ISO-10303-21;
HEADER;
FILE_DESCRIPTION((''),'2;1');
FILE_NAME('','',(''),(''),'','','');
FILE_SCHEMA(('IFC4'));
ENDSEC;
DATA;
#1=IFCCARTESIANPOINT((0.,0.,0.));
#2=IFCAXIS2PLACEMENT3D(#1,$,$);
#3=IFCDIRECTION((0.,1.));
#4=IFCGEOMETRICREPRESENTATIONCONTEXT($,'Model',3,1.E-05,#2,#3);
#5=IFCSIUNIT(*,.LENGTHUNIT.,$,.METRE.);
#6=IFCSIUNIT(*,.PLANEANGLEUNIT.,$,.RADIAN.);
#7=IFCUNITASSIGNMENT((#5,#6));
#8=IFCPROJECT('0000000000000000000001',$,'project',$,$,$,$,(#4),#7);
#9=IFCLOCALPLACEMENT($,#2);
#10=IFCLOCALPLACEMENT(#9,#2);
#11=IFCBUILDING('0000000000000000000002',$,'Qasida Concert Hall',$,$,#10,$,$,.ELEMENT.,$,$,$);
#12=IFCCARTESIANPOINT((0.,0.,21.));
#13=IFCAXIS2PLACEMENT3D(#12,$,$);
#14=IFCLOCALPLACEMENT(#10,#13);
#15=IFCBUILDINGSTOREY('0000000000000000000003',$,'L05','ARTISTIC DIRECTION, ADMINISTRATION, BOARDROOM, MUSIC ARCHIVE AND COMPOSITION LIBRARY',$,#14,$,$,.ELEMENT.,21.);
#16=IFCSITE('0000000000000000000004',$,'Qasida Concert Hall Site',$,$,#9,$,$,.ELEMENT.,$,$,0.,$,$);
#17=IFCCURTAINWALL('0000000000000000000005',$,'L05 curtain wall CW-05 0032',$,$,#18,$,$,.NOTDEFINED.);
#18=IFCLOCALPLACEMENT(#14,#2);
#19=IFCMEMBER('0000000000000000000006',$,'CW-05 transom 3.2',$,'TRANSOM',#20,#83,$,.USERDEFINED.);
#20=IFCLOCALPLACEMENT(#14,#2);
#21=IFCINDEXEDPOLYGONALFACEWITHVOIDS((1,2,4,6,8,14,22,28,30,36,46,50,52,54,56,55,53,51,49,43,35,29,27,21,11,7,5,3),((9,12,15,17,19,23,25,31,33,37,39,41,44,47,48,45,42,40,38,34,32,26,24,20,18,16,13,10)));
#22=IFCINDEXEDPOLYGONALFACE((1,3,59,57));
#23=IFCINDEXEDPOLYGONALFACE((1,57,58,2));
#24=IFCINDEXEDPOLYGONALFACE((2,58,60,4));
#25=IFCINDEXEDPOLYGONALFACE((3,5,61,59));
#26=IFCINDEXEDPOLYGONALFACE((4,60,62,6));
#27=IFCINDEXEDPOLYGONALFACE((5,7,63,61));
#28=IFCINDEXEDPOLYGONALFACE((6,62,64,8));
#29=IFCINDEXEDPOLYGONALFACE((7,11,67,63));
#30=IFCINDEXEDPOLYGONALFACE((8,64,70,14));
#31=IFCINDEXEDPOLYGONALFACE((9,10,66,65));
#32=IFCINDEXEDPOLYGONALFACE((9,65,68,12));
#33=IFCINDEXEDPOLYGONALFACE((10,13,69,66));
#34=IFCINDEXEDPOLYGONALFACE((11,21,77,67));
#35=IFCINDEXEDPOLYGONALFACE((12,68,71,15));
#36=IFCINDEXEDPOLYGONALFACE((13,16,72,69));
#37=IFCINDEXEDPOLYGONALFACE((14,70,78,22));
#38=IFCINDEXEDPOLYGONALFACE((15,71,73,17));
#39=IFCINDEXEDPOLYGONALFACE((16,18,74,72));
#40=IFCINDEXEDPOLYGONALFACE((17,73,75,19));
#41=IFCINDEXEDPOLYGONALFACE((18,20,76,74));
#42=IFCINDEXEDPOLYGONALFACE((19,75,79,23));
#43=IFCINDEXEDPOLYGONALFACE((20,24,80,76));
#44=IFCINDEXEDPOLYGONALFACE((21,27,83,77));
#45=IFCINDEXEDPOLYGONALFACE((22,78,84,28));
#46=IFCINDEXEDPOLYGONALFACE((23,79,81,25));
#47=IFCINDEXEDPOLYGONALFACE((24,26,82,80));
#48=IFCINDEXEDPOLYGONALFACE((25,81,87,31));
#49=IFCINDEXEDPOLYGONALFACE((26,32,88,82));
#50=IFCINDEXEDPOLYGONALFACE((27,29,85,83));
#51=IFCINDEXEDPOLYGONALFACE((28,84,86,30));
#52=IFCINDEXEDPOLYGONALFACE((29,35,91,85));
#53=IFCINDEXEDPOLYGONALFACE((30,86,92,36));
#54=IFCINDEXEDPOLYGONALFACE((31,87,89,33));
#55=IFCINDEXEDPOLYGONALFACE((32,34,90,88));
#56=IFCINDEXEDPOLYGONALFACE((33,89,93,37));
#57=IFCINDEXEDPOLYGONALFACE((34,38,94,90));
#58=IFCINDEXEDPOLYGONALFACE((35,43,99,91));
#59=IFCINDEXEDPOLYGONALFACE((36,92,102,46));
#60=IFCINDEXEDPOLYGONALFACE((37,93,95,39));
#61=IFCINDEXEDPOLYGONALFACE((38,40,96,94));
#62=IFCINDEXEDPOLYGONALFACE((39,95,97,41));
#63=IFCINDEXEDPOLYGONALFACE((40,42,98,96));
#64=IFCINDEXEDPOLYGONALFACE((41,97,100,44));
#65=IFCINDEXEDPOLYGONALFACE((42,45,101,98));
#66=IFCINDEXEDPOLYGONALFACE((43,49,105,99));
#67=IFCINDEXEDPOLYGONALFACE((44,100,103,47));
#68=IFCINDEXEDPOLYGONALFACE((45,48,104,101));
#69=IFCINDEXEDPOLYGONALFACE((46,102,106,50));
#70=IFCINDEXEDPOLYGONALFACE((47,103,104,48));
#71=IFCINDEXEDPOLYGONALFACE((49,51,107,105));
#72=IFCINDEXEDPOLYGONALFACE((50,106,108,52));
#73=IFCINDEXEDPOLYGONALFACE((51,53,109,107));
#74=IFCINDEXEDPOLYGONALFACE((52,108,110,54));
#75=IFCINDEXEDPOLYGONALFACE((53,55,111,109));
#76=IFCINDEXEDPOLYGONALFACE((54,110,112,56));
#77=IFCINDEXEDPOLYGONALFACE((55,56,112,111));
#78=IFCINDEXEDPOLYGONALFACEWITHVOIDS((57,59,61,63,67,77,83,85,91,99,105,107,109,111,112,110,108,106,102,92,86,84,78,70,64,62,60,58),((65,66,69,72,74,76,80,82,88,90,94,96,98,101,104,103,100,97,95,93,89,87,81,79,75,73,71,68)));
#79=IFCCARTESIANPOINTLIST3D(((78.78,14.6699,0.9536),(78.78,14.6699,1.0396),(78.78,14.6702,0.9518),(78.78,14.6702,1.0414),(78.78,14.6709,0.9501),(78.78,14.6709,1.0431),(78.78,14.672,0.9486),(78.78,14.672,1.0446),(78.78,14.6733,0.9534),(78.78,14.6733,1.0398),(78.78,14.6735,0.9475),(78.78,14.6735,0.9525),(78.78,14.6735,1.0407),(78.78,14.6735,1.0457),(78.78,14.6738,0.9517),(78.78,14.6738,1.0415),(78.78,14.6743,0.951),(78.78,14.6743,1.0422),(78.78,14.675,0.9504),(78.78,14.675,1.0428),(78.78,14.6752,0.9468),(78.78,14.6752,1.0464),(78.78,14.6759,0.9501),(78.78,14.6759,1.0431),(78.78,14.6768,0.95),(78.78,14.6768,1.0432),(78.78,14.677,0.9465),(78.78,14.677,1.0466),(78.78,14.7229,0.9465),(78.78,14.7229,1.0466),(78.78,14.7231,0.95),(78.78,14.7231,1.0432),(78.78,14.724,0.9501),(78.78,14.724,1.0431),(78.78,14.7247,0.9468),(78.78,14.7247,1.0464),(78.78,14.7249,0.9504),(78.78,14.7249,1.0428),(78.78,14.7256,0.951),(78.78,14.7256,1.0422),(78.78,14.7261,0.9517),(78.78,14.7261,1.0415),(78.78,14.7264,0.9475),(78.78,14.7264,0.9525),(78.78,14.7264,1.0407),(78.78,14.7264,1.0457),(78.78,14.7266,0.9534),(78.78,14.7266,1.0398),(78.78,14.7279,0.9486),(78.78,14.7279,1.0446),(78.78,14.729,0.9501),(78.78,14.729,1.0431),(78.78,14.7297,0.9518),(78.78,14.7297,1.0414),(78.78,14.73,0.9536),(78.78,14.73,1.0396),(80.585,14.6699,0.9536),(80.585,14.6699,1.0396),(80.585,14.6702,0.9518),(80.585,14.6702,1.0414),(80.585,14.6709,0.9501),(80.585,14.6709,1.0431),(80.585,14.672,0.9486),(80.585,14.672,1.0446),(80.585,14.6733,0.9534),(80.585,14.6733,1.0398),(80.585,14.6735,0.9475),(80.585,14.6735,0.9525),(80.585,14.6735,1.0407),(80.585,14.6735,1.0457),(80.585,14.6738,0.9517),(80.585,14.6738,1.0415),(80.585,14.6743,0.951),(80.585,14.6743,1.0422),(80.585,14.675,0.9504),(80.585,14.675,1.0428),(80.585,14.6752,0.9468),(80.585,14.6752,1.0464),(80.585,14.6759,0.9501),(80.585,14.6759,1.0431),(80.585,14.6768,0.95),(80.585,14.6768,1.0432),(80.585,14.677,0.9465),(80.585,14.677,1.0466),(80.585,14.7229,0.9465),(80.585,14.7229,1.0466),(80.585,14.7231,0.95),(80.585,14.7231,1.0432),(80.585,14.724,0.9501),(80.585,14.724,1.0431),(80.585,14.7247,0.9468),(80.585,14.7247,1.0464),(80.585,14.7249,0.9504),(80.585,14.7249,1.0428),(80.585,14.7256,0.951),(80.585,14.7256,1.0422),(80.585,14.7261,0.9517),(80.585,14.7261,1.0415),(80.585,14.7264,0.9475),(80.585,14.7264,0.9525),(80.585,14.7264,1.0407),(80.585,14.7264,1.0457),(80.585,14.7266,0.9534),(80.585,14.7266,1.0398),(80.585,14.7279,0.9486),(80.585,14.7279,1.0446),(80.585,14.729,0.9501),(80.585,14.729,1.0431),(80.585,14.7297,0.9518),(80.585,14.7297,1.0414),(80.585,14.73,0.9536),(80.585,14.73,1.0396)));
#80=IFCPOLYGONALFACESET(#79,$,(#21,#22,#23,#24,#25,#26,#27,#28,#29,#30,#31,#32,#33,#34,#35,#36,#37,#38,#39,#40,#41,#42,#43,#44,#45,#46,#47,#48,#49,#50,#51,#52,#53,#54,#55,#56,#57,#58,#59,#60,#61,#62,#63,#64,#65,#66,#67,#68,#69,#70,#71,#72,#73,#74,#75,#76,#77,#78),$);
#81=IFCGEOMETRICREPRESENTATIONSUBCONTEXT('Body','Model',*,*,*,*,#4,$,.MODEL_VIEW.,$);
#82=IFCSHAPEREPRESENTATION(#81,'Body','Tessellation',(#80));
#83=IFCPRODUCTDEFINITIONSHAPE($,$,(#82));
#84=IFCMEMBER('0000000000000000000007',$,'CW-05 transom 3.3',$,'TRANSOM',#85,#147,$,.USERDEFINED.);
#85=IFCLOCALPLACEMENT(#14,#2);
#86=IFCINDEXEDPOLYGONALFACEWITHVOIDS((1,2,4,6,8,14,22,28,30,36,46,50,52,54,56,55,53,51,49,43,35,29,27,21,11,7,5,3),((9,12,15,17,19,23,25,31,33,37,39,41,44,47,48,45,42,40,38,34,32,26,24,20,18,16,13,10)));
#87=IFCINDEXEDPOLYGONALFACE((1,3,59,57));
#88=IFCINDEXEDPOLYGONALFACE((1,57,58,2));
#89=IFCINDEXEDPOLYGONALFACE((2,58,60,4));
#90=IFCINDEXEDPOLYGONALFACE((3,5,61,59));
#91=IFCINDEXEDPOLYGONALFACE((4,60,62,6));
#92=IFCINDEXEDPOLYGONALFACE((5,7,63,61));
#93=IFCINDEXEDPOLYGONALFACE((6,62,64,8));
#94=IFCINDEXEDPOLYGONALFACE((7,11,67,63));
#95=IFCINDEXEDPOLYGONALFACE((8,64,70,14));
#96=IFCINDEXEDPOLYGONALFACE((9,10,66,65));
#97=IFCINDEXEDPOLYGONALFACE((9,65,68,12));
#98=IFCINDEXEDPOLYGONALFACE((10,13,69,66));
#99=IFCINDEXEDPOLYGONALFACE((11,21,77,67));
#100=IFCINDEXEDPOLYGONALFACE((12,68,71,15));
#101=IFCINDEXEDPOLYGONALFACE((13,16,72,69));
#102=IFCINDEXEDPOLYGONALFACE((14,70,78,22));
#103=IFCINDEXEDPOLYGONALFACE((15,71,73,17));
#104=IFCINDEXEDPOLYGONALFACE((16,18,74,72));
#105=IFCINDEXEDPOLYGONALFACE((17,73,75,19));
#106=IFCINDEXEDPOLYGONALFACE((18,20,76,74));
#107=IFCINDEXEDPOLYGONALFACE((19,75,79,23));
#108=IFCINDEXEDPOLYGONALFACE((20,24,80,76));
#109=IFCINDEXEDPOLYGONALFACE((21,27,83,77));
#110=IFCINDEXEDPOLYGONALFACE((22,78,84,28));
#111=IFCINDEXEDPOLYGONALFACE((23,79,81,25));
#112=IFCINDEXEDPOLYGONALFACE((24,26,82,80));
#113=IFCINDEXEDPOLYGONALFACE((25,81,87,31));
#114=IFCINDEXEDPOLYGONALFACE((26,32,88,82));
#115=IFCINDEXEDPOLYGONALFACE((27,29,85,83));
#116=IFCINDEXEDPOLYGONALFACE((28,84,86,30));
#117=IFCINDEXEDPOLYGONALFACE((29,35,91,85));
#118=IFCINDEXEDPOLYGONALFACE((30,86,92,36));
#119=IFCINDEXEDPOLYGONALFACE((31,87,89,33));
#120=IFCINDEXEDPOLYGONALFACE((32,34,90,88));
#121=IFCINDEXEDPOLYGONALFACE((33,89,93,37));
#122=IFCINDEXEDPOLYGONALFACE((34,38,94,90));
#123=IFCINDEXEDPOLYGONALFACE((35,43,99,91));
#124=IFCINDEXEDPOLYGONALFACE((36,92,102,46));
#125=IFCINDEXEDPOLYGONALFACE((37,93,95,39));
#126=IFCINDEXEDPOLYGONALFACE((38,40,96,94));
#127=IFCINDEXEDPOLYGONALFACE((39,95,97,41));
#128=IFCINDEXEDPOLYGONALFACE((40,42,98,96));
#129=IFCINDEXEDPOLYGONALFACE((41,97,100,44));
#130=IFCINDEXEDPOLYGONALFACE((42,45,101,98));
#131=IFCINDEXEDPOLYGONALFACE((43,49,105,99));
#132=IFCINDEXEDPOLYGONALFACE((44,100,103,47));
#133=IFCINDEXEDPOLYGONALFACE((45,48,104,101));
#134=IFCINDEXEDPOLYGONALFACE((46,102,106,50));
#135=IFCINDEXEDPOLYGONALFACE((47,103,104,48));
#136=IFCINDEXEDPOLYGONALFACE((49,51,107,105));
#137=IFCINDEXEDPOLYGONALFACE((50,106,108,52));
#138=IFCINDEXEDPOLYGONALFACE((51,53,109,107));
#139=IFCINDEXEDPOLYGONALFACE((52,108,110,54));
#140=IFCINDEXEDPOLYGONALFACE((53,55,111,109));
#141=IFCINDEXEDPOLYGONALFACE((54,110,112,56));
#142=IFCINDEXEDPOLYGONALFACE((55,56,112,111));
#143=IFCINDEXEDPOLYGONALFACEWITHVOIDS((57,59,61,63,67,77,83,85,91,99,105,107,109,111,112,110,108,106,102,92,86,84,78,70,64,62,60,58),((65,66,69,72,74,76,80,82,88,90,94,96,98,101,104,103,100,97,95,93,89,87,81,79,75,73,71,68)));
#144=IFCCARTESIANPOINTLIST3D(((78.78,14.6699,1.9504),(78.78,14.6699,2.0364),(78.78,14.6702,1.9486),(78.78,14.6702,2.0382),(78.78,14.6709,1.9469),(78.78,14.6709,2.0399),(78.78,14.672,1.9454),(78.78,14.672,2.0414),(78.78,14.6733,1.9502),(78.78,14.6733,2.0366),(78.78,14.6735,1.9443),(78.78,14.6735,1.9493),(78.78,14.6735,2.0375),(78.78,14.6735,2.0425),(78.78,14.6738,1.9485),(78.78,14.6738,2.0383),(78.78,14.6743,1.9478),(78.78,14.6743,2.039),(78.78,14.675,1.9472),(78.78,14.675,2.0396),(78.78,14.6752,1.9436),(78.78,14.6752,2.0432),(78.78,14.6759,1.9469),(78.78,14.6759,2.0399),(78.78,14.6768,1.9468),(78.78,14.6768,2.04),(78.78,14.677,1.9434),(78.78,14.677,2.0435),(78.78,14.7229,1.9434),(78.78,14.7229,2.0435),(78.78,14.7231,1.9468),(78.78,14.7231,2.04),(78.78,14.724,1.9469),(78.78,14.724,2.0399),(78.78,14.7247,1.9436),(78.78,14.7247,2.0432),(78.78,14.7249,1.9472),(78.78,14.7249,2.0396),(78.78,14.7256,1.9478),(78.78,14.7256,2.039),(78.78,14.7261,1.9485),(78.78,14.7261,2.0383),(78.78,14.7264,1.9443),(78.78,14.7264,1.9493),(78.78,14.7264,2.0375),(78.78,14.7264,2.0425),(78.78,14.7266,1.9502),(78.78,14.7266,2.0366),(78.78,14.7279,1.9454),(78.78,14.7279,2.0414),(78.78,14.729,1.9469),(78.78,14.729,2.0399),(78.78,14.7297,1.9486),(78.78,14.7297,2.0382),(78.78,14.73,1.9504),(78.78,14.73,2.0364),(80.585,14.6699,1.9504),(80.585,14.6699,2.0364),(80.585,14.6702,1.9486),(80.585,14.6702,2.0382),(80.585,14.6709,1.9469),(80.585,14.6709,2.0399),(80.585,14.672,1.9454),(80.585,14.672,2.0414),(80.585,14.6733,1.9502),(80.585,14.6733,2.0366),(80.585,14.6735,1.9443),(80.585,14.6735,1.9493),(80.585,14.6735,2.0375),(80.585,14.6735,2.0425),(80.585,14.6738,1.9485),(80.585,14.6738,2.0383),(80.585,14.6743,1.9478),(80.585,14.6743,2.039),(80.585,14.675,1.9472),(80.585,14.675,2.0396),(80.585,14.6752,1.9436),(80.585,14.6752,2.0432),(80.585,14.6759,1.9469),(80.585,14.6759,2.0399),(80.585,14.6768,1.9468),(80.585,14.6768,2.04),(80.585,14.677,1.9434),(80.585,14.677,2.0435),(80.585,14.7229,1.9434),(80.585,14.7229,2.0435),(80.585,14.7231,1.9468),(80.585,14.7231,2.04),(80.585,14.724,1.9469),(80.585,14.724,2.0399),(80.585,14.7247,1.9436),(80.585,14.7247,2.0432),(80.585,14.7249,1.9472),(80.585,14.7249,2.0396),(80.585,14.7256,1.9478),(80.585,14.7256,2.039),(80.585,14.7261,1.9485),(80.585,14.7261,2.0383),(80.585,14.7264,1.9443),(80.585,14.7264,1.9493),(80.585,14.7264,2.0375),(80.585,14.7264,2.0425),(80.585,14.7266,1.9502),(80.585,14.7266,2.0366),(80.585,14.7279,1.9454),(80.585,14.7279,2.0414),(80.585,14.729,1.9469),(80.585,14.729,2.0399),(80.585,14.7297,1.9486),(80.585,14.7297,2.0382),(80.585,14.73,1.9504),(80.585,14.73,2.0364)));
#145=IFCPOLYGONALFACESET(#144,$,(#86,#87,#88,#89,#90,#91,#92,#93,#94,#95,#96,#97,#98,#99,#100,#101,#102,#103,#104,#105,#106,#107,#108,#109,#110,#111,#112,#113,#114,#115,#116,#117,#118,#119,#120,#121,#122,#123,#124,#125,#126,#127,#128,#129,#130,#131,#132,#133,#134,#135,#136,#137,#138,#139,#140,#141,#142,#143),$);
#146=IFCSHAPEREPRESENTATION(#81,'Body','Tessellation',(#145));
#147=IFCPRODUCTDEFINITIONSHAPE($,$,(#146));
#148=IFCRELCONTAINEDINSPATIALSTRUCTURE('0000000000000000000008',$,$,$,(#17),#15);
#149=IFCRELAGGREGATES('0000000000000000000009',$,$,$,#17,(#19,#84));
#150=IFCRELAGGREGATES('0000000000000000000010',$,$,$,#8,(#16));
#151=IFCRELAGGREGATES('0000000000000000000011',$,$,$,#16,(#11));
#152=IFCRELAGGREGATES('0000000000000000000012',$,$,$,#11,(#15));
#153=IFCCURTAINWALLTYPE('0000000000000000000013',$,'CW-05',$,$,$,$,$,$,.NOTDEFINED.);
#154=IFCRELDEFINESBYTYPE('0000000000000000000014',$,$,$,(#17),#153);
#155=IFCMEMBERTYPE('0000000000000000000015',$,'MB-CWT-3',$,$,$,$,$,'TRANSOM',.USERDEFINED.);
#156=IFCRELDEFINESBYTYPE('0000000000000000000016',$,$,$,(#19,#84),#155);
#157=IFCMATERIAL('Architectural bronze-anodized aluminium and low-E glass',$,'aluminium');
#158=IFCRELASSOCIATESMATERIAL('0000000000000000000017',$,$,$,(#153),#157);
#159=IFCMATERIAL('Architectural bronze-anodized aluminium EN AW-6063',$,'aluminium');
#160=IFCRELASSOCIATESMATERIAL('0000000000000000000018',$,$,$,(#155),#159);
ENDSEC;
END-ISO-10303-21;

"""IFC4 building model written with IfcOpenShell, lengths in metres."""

from ifc_helpers import new_model, si_unit, direction, frame, origin, origin_2d, place, context, subcontext, project, spatial, hollow_rectangle, extrude, material, material_profile, profile_set, type_object, element, aggregate, save


model = new_model("IFC4")

# Units and contexts
model_context = context("Model", 3, precision=1e-05, world=origin(), true_north=direction((0.0, 1.0)))
body_context = subcontext(model_context, "Body", "Model", "MODEL_VIEW")
ifc_project = project(units=[si_unit("LENGTHUNIT", "METRE"), si_unit("PLANEANGLEUNIT", "RADIAN")], contexts=[model_context])

# Site, building, storey
site_placement = place(None, origin())
site = spatial("IfcSite", under=ifc_project, at=site_placement, Name="Qasida Concert Hall Site", CompositionType="ELEMENT", RefElevation=0.0)
building_placement = place(site_placement, origin())
building = spatial("IfcBuilding", under=site, at=building_placement, Name="Qasida Concert Hall", CompositionType="ELEMENT")
storey_placement = place(building_placement, frame((0.0, 0.0, 21.0)))
storey = spatial("IfcBuildingStorey", under=building, at=storey_placement, Name="L05", Description="ARTISTIC DIRECTION, ADMINISTRATION, BOARDROOM, MUSIC ARCHIVE AND COMPOSITION LIBRARY", CompositionType="ELEMENT", Elevation=21.0)

# Curtain wall, members
ifc_material_1 = material(Name="Architectural bronze-anodized aluminium and low-E glass", Category="aluminium")
curtain_wall_type = type_object("IfcCurtainWallType", Name="CW-05", PredefinedType="NOTDEFINED", material=ifc_material_1)
curtain_wall_placement = place(storey_placement, origin())
curtain_wall = element("IfcCurtainWall", 1, at=curtain_wall_placement, inside=storey, type_object=curtain_wall_type, Name="L05 curtain wall CW-05 0032", PredefinedType="NOTDEFINED")
ifc_material_2 = material(Name="Architectural bronze-anodized aluminium EN AW-6063", Category="aluminium")
ifc_material_profile_1 = material_profile(ifc_material_2, hollow_rectangle(XDim=0.0601, YDim=0.1001, WallThickness=0.0034, InnerFilletRadius=0.0034, OuterFilletRadius=0.0071, at=origin_2d()), Name="CWT 100x60x3.5")
ifc_profile_set_1 = profile_set([ifc_material_profile_1], Name="Architectural bronze-anodized aluminium EN AW-6063")
member_type_1 = type_object("IfcMemberType", Name="MB-CWT-3", ElementType="TRANSOM", PredefinedType="USERDEFINED", material=ifc_profile_set_1)
member_1_placement = place(storey_placement, frame((78.78, 14.7, 0.9966), z_axis=(1.0, 0.0, 0.0), x_axis=(0.0, 1.0, 0.0)))
member_1 = element("IfcMember", 2, at=member_1_placement, type_object=member_type_1, Name="CW-05 transom 3.2", ObjectType="TRANSOM", PredefinedType="USERDEFINED", context=body_context, shape_type="SweptSolid", body=[
    extrude(hollow_rectangle(XDim=0.0601, YDim=0.1001, WallThickness=0.0034, InnerFilletRadius=0.0034, OuterFilletRadius=0.0071, at=origin_2d()), origin(), (0.0, 0.0, 1.0), 1.8049),
])
member_2_placement = place(storey_placement, frame((78.78, 14.7, 1.9934), z_axis=(1.0, 0.0, 0.0), x_axis=(0.0, 1.0, 0.0)))
member_2 = element("IfcMember", 3, at=member_2_placement, type_object=member_type_1, Name="CW-05 transom 3.3", ObjectType="TRANSOM", PredefinedType="USERDEFINED", context=body_context, shape_type="SweptSolid", body=[
    extrude(hollow_rectangle(XDim=0.0601, YDim=0.1001, WallThickness=0.0034, InnerFilletRadius=0.0034, OuterFilletRadius=0.0071, at=origin_2d()), origin(), (0.0, 0.0, 1.0), 1.8049),
])
aggregate(curtain_wall, [member_1, member_2])

save(model, "model.ifc")
